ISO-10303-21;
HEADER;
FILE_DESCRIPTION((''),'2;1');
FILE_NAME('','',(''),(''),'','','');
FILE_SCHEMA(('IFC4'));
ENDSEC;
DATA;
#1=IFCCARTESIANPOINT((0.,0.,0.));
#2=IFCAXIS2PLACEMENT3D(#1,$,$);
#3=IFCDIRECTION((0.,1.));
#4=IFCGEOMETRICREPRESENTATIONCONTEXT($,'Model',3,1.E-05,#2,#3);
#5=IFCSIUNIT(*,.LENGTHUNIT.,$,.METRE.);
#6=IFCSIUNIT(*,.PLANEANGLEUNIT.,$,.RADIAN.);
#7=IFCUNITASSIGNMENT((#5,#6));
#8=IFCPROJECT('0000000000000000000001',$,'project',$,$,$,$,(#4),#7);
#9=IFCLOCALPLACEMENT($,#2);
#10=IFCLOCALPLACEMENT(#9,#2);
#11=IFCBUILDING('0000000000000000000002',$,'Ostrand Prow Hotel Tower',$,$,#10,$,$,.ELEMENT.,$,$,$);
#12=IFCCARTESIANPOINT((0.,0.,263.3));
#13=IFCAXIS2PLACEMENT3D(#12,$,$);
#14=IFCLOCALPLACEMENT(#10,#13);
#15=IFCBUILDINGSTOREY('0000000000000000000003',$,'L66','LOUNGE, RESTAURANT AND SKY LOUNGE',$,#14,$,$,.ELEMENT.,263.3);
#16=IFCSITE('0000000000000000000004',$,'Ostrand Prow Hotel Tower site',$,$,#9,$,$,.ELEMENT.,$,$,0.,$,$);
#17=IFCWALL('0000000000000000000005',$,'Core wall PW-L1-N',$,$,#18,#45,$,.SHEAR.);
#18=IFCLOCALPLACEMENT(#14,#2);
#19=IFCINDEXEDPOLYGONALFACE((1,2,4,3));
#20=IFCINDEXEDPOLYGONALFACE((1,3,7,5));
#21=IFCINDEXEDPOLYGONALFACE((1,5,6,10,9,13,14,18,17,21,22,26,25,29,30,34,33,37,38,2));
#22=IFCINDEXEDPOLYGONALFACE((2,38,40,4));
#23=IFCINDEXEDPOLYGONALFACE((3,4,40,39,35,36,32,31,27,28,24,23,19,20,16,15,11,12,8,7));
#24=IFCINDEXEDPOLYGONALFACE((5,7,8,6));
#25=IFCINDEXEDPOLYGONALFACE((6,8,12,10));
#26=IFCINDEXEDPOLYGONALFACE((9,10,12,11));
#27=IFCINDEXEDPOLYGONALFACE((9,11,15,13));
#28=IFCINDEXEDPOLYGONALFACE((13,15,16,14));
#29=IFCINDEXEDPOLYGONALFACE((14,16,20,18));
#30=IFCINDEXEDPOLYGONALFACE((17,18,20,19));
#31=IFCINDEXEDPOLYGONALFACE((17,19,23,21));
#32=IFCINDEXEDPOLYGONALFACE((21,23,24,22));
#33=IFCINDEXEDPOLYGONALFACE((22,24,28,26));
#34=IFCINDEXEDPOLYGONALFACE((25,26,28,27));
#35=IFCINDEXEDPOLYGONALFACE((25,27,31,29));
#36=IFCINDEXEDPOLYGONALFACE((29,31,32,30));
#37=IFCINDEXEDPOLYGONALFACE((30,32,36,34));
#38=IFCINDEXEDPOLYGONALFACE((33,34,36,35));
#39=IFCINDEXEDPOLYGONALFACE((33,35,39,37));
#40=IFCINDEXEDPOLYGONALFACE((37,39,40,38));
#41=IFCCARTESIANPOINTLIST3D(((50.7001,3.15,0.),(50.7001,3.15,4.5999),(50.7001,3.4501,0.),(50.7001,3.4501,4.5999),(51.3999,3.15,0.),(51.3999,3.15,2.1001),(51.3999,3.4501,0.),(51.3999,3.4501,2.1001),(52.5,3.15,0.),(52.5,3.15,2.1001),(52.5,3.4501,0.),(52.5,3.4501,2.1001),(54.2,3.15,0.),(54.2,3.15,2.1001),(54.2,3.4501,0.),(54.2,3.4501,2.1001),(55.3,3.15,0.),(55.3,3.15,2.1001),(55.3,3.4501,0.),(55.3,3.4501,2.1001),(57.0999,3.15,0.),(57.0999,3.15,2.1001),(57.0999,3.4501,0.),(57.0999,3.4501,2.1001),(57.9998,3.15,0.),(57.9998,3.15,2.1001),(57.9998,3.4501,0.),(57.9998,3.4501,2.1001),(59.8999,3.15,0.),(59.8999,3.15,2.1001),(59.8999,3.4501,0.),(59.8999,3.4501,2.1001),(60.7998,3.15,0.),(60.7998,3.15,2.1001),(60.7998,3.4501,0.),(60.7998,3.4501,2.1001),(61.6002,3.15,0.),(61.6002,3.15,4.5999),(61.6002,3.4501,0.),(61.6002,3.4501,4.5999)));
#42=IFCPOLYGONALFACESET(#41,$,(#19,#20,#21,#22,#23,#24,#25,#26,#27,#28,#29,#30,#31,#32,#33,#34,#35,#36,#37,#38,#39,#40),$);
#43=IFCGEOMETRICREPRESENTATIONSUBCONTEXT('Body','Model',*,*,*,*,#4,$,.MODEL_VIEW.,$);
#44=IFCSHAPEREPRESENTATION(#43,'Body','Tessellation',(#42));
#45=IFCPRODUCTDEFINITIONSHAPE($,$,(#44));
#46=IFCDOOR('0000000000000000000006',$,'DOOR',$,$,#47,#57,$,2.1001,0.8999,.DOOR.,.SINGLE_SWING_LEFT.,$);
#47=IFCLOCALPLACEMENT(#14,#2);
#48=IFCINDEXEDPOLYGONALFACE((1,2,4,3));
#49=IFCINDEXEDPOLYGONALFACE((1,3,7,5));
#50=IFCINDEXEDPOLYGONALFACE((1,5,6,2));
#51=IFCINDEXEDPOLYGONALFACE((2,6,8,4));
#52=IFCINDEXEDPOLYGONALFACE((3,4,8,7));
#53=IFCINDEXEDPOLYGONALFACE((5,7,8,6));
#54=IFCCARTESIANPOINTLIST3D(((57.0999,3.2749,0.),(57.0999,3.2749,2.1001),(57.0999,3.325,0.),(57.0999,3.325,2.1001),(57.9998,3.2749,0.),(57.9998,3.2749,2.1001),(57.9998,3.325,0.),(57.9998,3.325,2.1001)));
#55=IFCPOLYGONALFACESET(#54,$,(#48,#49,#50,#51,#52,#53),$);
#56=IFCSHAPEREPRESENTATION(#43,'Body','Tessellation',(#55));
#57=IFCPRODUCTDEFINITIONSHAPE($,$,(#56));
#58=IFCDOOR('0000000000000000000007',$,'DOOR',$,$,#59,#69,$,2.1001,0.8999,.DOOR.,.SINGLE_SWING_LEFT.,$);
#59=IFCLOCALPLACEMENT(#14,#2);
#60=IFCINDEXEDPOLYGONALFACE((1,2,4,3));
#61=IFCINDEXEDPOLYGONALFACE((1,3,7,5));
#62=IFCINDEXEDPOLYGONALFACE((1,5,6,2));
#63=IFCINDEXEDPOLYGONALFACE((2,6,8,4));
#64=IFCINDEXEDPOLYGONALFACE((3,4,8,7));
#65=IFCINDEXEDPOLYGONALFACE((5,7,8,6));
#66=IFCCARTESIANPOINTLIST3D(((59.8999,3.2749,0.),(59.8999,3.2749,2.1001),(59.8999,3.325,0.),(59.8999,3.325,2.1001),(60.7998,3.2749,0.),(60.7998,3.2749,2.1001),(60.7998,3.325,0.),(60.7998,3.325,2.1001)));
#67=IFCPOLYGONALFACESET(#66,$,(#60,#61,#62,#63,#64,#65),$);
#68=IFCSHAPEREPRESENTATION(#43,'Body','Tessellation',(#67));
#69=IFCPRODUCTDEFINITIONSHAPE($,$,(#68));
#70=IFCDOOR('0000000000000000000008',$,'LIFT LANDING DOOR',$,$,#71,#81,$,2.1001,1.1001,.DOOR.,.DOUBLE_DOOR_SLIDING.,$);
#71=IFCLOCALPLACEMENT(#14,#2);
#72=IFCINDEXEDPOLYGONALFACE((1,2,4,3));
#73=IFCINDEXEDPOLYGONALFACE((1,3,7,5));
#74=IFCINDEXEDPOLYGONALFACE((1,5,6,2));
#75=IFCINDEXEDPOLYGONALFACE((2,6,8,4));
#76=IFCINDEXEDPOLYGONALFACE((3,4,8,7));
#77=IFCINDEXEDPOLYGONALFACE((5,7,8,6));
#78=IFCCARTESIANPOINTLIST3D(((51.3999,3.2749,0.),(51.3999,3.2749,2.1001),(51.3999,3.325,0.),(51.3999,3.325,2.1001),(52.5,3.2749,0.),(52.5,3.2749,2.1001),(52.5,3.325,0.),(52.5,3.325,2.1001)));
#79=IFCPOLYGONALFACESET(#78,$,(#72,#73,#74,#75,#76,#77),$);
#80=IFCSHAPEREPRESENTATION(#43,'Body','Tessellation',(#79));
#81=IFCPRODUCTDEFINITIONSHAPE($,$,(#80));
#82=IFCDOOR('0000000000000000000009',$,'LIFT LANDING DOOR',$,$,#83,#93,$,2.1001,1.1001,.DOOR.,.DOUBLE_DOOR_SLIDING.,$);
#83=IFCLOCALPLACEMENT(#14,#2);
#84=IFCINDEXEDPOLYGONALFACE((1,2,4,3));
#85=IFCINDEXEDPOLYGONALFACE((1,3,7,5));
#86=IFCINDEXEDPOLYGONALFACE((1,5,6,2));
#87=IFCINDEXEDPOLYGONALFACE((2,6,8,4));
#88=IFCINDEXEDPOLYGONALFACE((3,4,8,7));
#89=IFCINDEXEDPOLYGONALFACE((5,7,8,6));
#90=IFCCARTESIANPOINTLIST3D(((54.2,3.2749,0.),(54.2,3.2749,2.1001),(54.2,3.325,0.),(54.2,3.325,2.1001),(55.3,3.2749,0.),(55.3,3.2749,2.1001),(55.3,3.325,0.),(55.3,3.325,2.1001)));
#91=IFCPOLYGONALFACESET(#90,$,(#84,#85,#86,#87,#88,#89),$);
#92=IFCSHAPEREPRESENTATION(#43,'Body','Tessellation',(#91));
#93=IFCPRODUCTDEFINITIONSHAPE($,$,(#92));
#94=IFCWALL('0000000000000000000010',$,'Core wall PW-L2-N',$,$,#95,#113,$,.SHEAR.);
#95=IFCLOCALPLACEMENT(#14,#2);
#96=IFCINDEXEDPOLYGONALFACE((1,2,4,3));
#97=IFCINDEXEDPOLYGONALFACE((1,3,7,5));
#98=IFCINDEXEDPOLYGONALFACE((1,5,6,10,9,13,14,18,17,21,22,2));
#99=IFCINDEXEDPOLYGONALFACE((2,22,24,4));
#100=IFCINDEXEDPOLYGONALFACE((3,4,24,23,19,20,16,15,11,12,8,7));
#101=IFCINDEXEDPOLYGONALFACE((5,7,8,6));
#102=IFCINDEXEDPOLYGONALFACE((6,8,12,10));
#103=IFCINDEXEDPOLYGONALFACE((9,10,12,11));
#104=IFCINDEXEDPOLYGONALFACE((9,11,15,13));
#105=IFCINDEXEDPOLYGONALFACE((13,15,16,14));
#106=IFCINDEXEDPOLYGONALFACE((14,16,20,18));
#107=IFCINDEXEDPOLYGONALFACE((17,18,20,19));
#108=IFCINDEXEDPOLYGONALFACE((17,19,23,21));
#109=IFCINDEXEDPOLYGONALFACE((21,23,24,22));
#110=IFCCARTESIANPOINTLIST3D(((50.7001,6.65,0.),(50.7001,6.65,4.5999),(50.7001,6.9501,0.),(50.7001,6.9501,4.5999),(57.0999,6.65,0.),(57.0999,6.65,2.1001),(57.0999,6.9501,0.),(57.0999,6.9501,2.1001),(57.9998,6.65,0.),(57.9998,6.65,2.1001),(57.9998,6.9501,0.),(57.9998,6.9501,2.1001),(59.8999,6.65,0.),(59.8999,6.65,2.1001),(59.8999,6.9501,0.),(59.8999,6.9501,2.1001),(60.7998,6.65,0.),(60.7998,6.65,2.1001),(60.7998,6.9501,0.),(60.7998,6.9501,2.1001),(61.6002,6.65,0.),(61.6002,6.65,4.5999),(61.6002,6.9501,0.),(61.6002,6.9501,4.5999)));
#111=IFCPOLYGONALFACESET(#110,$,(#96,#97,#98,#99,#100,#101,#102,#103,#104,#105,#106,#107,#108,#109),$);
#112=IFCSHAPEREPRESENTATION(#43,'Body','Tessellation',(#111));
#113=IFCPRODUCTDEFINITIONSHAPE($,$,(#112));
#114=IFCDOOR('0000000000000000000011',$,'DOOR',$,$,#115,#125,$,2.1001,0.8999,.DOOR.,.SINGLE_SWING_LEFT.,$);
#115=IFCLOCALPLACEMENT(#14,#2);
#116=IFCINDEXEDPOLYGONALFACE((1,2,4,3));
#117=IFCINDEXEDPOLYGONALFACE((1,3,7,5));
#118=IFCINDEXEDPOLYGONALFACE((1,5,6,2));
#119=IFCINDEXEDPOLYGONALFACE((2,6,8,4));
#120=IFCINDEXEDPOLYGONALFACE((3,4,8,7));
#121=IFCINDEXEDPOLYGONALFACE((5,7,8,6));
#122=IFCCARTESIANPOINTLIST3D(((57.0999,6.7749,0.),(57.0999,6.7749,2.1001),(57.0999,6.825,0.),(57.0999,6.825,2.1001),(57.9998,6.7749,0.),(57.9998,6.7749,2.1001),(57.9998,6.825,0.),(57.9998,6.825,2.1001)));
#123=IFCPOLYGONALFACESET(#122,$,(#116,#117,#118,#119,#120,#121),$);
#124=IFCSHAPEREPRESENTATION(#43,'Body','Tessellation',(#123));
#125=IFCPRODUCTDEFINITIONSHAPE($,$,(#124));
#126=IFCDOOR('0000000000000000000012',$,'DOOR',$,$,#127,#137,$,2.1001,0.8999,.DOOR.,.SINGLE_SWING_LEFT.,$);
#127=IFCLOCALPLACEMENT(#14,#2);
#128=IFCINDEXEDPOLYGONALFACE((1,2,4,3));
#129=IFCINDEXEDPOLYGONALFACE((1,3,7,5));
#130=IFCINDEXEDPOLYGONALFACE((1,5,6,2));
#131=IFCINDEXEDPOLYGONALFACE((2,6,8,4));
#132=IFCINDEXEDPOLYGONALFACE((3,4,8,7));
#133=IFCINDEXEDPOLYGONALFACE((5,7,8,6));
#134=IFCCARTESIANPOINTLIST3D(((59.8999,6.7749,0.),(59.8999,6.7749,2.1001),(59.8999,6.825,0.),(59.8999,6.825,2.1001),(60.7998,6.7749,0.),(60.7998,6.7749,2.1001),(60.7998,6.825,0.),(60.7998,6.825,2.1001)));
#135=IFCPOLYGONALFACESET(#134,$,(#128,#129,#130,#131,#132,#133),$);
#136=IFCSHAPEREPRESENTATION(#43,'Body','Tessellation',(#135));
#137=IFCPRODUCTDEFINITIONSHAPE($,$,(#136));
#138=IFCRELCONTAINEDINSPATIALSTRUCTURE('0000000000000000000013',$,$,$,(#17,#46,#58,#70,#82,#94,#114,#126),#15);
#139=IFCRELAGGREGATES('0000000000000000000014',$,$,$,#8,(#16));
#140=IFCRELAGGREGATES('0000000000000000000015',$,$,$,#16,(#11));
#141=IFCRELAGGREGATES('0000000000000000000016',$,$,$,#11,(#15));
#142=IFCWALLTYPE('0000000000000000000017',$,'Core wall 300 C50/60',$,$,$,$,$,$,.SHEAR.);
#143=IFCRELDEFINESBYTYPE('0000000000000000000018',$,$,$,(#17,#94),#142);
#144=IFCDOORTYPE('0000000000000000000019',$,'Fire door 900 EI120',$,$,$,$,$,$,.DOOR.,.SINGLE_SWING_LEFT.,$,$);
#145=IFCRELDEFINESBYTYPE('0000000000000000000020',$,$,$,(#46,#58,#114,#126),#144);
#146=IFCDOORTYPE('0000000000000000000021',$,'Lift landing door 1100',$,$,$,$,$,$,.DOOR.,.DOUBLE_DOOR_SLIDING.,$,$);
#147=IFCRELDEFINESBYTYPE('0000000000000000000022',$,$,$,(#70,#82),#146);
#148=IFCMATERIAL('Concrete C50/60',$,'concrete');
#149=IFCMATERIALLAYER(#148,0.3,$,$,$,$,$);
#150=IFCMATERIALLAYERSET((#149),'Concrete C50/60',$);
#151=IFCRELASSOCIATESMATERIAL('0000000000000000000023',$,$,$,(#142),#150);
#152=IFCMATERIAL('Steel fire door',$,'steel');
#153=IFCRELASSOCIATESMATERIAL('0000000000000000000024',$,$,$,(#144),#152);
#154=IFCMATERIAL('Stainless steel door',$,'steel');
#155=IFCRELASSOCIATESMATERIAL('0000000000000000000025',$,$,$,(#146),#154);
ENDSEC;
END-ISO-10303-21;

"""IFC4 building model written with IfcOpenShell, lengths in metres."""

from ifc_helpers import new_model, si_unit, direction, frame, frame_2d, origin, place, context, subcontext, project, spatial, rectangle, extrude, material, layer, layer_set, type_object, element, fill, save


model = new_model("IFC4")

# Units and contexts
model_context = context("Model", 3, precision=1e-05, world=origin(), true_north=direction((0.0, 1.0)))
body_context = subcontext(model_context, "Body", "Model", "MODEL_VIEW")
ifc_project = project(units=[si_unit("LENGTHUNIT", "METRE"), si_unit("PLANEANGLEUNIT", "RADIAN")], contexts=[model_context])

# Site, building, storey
site_placement = place(None, origin())
site = spatial("IfcSite", under=ifc_project, at=site_placement, Name="Ostrand Prow Hotel Tower site", CompositionType="ELEMENT", RefElevation=0.0)
building_placement = place(site_placement, origin())
building = spatial("IfcBuilding", under=site, at=building_placement, Name="Ostrand Prow Hotel Tower", CompositionType="ELEMENT")
storey_placement = place(building_placement, frame((0.0, 0.0, 263.3)))
storey = spatial("IfcBuildingStorey", under=building, at=storey_placement, Name="L66", Description="LOUNGE, RESTAURANT AND SKY LOUNGE", CompositionType="ELEMENT", Elevation=263.3)

# Walls, openings, doors
ifc_material_1 = material(Name="Concrete C50/60", Category="concrete")
ifc_layer_1 = layer(ifc_material_1, 0.3)
ifc_layer_set_1 = layer_set([ifc_layer_1], Name="Concrete C50/60")
wall_type_1 = type_object("IfcWallType", Name="Core wall 300 C50/60", PredefinedType="SHEAR", material=ifc_layer_set_1)
wall_1_placement = place(storey_placement, frame((50.7, 3.3, 0.0), z_axis=(0.0, 0.0, 1.0), x_axis=(1.0, 0.0, 0.0)))
wall_1 = element("IfcWall", 1, at=wall_1_placement, inside=storey, type_object=wall_type_1, Name="Core wall PW-L1-N", PredefinedType="SHEAR", context=body_context, shape_type="SweptSolid", body=[
    extrude(rectangle(XDim=10.9001, YDim=0.3, at=frame_2d((5.4502, 0.0))), origin(), (0.0, 0.0, 1.0), 4.5999),
])
opening_1_placement = place(wall_1_placement, frame((0.7, 0.0, 0.0)))
opening_1 = element("IfcOpeningElement", 2, at=opening_1_placement, cuts=wall_1, PredefinedType="OPENING", context=body_context, shape_type="SweptSolid", body=[
    extrude(rectangle(XDim=1.1001, YDim=2.1001, at=frame_2d((0.55, 1.05))), frame((0.0, 0.1599, 0.0), z_axis=(0.0, -1.0, 0.0), x_axis=(1.0, 0.0, 0.0)), (0.0, 0.0, 1.0), 0.3201),
])
opening_2_placement = place(wall_1_placement, frame((3.5, 0.0, 0.0)))
opening_2 = element("IfcOpeningElement", 3, at=opening_2_placement, cuts=wall_1, PredefinedType="OPENING", context=body_context, shape_type="SweptSolid", body=[
    extrude(rectangle(XDim=1.1001, YDim=2.1001, at=frame_2d((0.55, 1.05))), frame((0.0, 0.1599, 0.0), z_axis=(0.0, -1.0, 0.0), x_axis=(1.0, 0.0, 0.0)), (0.0, 0.0, 1.0), 0.3201),
])
opening_3_placement = place(wall_1_placement, frame((6.3999, 0.0, 0.0)))
opening_3 = element("IfcOpeningElement", 4, at=opening_3_placement, cuts=wall_1, PredefinedType="OPENING", context=body_context, shape_type="SweptSolid", body=[
    extrude(rectangle(XDim=0.8999, YDim=2.1001, at=frame_2d((0.45, 1.05))), frame((0.0, 0.1599, 0.0), z_axis=(0.0, -1.0, 0.0), x_axis=(1.0, 0.0, 0.0)), (0.0, 0.0, 1.0), 0.3201),
])
opening_4_placement = place(wall_1_placement, frame((9.2, 0.0, 0.0)))
opening_4 = element("IfcOpeningElement", 5, at=opening_4_placement, cuts=wall_1, PredefinedType="OPENING", context=body_context, shape_type="SweptSolid", body=[
    extrude(rectangle(XDim=0.8999, YDim=2.1001, at=frame_2d((0.45, 1.05))), frame((0.0, 0.1599, 0.0), z_axis=(0.0, -1.0, 0.0), x_axis=(1.0, 0.0, 0.0)), (0.0, 0.0, 1.0), 0.3201),
])
ifc_material_2 = material(Name="Steel fire door", Category="steel")
door_type_1 = type_object("IfcDoorType", Name="Fire door 900 EI120", OperationType="SINGLE_SWING_LEFT", PredefinedType="DOOR", material=ifc_material_2)
door_1_placement = place(opening_3_placement, origin())
door_1 = element("IfcDoor", 6, at=door_1_placement, inside=storey, type_object=door_type_1, Name="DOOR", OperationType="SINGLE_SWING_LEFT", OverallHeight=2.1001, OverallWidth=0.8999, PredefinedType="DOOR", context=body_context, shape_type="SweptSolid", body=[
    extrude(rectangle(XDim=0.8999, YDim=2.1001, at=frame_2d((0.45, 1.05))), frame((0.0, 0.0249, 0.0), z_axis=(0.0, -1.0, 0.0), x_axis=(1.0, 0.0, 0.0)), (0.0, 0.0, 1.0), 0.05),
])
fill(opening_3, door_1)
door_2_placement = place(opening_4_placement, origin())
door_2 = element("IfcDoor", 7, at=door_2_placement, inside=storey, type_object=door_type_1, Name="DOOR", OperationType="SINGLE_SWING_LEFT", OverallHeight=2.1001, OverallWidth=0.8999, PredefinedType="DOOR", context=body_context, shape_type="SweptSolid", body=[
    extrude(rectangle(XDim=0.8999, YDim=2.1001, at=frame_2d((0.45, 1.05))), frame((0.0, 0.0249, 0.0), z_axis=(0.0, -1.0, 0.0), x_axis=(1.0, 0.0, 0.0)), (0.0, 0.0, 1.0), 0.05),
])
fill(opening_4, door_2)
ifc_material_3 = material(Name="Stainless steel door", Category="steel")
door_type_2 = type_object("IfcDoorType", Name="Lift landing door 1100", OperationType="DOUBLE_DOOR_SLIDING", PredefinedType="DOOR", material=ifc_material_3)
door_3_placement = place(opening_1_placement, origin())
door_3 = element("IfcDoor", 8, at=door_3_placement, inside=storey, type_object=door_type_2, Name="LIFT LANDING DOOR", OperationType="DOUBLE_DOOR_SLIDING", OverallHeight=2.1001, OverallWidth=1.1001, PredefinedType="DOOR", context=body_context, shape_type="SweptSolid", body=[
    extrude(rectangle(XDim=1.1001, YDim=2.1001, at=frame_2d((0.55, 1.05))), frame((0.0, 0.0249, 0.0), z_axis=(0.0, -1.0, 0.0), x_axis=(1.0, 0.0, 0.0)), (0.0, 0.0, 1.0), 0.05),
])
fill(opening_1, door_3)
door_4_placement = place(opening_2_placement, origin())
door_4 = element("IfcDoor", 9, at=door_4_placement, inside=storey, type_object=door_type_2, Name="LIFT LANDING DOOR", OperationType="DOUBLE_DOOR_SLIDING", OverallHeight=2.1001, OverallWidth=1.1001, PredefinedType="DOOR", context=body_context, shape_type="SweptSolid", body=[
    extrude(rectangle(XDim=1.1001, YDim=2.1001, at=frame_2d((0.55, 1.05))), frame((0.0, 0.0249, 0.0), z_axis=(0.0, -1.0, 0.0), x_axis=(1.0, 0.0, 0.0)), (0.0, 0.0, 1.0), 0.05),
])
fill(opening_2, door_4)
wall_2_placement = place(storey_placement, frame((50.7, 6.8, 0.0), z_axis=(0.0, 0.0, 1.0), x_axis=(1.0, 0.0, 0.0)))
wall_2 = element("IfcWall", 10, at=wall_2_placement, inside=storey, type_object=wall_type_1, Name="Core wall PW-L2-N", PredefinedType="SHEAR", context=body_context, shape_type="SweptSolid", body=[
    extrude(rectangle(XDim=10.9001, YDim=0.3, at=frame_2d((5.4502, 0.0))), origin(), (0.0, 0.0, 1.0), 4.5999),
])
opening_5_placement = place(wall_2_placement, frame((6.3999, 0.0, 0.0)))
opening_5 = element("IfcOpeningElement", 11, at=opening_5_placement, cuts=wall_2, PredefinedType="OPENING", context=body_context, shape_type="SweptSolid", body=[
    extrude(rectangle(XDim=0.8999, YDim=2.1001, at=frame_2d((0.45, 1.05))), frame((0.0, 0.1599, 0.0), z_axis=(0.0, -1.0, 0.0), x_axis=(1.0, 0.0, 0.0)), (0.0, 0.0, 1.0), 0.3201),
])
opening_6_placement = place(wall_2_placement, frame((9.2, 0.0, 0.0)))
opening_6 = element("IfcOpeningElement", 12, at=opening_6_placement, cuts=wall_2, PredefinedType="OPENING", context=body_context, shape_type="SweptSolid", body=[
    extrude(rectangle(XDim=0.8999, YDim=2.1001, at=frame_2d((0.45, 1.05))), frame((0.0, 0.1599, 0.0), z_axis=(0.0, -1.0, 0.0), x_axis=(1.0, 0.0, 0.0)), (0.0, 0.0, 1.0), 0.3201),
])
door_5_placement = place(opening_5_placement, origin())
door_5 = element("IfcDoor", 13, at=door_5_placement, inside=storey, type_object=door_type_1, Name="DOOR", OperationType="SINGLE_SWING_LEFT", OverallHeight=2.1001, OverallWidth=0.8999, PredefinedType="DOOR", context=body_context, shape_type="SweptSolid", body=[
    extrude(rectangle(XDim=0.8999, YDim=2.1001, at=frame_2d((0.45, 1.05))), frame((0.0, 0.0249, 0.0), z_axis=(0.0, -1.0, 0.0), x_axis=(1.0, 0.0, 0.0)), (0.0, 0.0, 1.0), 0.05),
])
fill(opening_5, door_5)
door_6_placement = place(opening_6_placement, origin())
door_6 = element("IfcDoor", 14, at=door_6_placement, inside=storey, type_object=door_type_1, Name="DOOR", OperationType="SINGLE_SWING_LEFT", OverallHeight=2.1001, OverallWidth=0.8999, PredefinedType="DOOR", context=body_context, shape_type="SweptSolid", body=[
    extrude(rectangle(XDim=0.8999, YDim=2.1001, at=frame_2d((0.45, 1.05))), frame((0.0, 0.0249, 0.0), z_axis=(0.0, -1.0, 0.0), x_axis=(1.0, 0.0, 0.0)), (0.0, 0.0, 1.0), 0.05),
])
fill(opening_6, door_6)

save(model, "model.ifc")
